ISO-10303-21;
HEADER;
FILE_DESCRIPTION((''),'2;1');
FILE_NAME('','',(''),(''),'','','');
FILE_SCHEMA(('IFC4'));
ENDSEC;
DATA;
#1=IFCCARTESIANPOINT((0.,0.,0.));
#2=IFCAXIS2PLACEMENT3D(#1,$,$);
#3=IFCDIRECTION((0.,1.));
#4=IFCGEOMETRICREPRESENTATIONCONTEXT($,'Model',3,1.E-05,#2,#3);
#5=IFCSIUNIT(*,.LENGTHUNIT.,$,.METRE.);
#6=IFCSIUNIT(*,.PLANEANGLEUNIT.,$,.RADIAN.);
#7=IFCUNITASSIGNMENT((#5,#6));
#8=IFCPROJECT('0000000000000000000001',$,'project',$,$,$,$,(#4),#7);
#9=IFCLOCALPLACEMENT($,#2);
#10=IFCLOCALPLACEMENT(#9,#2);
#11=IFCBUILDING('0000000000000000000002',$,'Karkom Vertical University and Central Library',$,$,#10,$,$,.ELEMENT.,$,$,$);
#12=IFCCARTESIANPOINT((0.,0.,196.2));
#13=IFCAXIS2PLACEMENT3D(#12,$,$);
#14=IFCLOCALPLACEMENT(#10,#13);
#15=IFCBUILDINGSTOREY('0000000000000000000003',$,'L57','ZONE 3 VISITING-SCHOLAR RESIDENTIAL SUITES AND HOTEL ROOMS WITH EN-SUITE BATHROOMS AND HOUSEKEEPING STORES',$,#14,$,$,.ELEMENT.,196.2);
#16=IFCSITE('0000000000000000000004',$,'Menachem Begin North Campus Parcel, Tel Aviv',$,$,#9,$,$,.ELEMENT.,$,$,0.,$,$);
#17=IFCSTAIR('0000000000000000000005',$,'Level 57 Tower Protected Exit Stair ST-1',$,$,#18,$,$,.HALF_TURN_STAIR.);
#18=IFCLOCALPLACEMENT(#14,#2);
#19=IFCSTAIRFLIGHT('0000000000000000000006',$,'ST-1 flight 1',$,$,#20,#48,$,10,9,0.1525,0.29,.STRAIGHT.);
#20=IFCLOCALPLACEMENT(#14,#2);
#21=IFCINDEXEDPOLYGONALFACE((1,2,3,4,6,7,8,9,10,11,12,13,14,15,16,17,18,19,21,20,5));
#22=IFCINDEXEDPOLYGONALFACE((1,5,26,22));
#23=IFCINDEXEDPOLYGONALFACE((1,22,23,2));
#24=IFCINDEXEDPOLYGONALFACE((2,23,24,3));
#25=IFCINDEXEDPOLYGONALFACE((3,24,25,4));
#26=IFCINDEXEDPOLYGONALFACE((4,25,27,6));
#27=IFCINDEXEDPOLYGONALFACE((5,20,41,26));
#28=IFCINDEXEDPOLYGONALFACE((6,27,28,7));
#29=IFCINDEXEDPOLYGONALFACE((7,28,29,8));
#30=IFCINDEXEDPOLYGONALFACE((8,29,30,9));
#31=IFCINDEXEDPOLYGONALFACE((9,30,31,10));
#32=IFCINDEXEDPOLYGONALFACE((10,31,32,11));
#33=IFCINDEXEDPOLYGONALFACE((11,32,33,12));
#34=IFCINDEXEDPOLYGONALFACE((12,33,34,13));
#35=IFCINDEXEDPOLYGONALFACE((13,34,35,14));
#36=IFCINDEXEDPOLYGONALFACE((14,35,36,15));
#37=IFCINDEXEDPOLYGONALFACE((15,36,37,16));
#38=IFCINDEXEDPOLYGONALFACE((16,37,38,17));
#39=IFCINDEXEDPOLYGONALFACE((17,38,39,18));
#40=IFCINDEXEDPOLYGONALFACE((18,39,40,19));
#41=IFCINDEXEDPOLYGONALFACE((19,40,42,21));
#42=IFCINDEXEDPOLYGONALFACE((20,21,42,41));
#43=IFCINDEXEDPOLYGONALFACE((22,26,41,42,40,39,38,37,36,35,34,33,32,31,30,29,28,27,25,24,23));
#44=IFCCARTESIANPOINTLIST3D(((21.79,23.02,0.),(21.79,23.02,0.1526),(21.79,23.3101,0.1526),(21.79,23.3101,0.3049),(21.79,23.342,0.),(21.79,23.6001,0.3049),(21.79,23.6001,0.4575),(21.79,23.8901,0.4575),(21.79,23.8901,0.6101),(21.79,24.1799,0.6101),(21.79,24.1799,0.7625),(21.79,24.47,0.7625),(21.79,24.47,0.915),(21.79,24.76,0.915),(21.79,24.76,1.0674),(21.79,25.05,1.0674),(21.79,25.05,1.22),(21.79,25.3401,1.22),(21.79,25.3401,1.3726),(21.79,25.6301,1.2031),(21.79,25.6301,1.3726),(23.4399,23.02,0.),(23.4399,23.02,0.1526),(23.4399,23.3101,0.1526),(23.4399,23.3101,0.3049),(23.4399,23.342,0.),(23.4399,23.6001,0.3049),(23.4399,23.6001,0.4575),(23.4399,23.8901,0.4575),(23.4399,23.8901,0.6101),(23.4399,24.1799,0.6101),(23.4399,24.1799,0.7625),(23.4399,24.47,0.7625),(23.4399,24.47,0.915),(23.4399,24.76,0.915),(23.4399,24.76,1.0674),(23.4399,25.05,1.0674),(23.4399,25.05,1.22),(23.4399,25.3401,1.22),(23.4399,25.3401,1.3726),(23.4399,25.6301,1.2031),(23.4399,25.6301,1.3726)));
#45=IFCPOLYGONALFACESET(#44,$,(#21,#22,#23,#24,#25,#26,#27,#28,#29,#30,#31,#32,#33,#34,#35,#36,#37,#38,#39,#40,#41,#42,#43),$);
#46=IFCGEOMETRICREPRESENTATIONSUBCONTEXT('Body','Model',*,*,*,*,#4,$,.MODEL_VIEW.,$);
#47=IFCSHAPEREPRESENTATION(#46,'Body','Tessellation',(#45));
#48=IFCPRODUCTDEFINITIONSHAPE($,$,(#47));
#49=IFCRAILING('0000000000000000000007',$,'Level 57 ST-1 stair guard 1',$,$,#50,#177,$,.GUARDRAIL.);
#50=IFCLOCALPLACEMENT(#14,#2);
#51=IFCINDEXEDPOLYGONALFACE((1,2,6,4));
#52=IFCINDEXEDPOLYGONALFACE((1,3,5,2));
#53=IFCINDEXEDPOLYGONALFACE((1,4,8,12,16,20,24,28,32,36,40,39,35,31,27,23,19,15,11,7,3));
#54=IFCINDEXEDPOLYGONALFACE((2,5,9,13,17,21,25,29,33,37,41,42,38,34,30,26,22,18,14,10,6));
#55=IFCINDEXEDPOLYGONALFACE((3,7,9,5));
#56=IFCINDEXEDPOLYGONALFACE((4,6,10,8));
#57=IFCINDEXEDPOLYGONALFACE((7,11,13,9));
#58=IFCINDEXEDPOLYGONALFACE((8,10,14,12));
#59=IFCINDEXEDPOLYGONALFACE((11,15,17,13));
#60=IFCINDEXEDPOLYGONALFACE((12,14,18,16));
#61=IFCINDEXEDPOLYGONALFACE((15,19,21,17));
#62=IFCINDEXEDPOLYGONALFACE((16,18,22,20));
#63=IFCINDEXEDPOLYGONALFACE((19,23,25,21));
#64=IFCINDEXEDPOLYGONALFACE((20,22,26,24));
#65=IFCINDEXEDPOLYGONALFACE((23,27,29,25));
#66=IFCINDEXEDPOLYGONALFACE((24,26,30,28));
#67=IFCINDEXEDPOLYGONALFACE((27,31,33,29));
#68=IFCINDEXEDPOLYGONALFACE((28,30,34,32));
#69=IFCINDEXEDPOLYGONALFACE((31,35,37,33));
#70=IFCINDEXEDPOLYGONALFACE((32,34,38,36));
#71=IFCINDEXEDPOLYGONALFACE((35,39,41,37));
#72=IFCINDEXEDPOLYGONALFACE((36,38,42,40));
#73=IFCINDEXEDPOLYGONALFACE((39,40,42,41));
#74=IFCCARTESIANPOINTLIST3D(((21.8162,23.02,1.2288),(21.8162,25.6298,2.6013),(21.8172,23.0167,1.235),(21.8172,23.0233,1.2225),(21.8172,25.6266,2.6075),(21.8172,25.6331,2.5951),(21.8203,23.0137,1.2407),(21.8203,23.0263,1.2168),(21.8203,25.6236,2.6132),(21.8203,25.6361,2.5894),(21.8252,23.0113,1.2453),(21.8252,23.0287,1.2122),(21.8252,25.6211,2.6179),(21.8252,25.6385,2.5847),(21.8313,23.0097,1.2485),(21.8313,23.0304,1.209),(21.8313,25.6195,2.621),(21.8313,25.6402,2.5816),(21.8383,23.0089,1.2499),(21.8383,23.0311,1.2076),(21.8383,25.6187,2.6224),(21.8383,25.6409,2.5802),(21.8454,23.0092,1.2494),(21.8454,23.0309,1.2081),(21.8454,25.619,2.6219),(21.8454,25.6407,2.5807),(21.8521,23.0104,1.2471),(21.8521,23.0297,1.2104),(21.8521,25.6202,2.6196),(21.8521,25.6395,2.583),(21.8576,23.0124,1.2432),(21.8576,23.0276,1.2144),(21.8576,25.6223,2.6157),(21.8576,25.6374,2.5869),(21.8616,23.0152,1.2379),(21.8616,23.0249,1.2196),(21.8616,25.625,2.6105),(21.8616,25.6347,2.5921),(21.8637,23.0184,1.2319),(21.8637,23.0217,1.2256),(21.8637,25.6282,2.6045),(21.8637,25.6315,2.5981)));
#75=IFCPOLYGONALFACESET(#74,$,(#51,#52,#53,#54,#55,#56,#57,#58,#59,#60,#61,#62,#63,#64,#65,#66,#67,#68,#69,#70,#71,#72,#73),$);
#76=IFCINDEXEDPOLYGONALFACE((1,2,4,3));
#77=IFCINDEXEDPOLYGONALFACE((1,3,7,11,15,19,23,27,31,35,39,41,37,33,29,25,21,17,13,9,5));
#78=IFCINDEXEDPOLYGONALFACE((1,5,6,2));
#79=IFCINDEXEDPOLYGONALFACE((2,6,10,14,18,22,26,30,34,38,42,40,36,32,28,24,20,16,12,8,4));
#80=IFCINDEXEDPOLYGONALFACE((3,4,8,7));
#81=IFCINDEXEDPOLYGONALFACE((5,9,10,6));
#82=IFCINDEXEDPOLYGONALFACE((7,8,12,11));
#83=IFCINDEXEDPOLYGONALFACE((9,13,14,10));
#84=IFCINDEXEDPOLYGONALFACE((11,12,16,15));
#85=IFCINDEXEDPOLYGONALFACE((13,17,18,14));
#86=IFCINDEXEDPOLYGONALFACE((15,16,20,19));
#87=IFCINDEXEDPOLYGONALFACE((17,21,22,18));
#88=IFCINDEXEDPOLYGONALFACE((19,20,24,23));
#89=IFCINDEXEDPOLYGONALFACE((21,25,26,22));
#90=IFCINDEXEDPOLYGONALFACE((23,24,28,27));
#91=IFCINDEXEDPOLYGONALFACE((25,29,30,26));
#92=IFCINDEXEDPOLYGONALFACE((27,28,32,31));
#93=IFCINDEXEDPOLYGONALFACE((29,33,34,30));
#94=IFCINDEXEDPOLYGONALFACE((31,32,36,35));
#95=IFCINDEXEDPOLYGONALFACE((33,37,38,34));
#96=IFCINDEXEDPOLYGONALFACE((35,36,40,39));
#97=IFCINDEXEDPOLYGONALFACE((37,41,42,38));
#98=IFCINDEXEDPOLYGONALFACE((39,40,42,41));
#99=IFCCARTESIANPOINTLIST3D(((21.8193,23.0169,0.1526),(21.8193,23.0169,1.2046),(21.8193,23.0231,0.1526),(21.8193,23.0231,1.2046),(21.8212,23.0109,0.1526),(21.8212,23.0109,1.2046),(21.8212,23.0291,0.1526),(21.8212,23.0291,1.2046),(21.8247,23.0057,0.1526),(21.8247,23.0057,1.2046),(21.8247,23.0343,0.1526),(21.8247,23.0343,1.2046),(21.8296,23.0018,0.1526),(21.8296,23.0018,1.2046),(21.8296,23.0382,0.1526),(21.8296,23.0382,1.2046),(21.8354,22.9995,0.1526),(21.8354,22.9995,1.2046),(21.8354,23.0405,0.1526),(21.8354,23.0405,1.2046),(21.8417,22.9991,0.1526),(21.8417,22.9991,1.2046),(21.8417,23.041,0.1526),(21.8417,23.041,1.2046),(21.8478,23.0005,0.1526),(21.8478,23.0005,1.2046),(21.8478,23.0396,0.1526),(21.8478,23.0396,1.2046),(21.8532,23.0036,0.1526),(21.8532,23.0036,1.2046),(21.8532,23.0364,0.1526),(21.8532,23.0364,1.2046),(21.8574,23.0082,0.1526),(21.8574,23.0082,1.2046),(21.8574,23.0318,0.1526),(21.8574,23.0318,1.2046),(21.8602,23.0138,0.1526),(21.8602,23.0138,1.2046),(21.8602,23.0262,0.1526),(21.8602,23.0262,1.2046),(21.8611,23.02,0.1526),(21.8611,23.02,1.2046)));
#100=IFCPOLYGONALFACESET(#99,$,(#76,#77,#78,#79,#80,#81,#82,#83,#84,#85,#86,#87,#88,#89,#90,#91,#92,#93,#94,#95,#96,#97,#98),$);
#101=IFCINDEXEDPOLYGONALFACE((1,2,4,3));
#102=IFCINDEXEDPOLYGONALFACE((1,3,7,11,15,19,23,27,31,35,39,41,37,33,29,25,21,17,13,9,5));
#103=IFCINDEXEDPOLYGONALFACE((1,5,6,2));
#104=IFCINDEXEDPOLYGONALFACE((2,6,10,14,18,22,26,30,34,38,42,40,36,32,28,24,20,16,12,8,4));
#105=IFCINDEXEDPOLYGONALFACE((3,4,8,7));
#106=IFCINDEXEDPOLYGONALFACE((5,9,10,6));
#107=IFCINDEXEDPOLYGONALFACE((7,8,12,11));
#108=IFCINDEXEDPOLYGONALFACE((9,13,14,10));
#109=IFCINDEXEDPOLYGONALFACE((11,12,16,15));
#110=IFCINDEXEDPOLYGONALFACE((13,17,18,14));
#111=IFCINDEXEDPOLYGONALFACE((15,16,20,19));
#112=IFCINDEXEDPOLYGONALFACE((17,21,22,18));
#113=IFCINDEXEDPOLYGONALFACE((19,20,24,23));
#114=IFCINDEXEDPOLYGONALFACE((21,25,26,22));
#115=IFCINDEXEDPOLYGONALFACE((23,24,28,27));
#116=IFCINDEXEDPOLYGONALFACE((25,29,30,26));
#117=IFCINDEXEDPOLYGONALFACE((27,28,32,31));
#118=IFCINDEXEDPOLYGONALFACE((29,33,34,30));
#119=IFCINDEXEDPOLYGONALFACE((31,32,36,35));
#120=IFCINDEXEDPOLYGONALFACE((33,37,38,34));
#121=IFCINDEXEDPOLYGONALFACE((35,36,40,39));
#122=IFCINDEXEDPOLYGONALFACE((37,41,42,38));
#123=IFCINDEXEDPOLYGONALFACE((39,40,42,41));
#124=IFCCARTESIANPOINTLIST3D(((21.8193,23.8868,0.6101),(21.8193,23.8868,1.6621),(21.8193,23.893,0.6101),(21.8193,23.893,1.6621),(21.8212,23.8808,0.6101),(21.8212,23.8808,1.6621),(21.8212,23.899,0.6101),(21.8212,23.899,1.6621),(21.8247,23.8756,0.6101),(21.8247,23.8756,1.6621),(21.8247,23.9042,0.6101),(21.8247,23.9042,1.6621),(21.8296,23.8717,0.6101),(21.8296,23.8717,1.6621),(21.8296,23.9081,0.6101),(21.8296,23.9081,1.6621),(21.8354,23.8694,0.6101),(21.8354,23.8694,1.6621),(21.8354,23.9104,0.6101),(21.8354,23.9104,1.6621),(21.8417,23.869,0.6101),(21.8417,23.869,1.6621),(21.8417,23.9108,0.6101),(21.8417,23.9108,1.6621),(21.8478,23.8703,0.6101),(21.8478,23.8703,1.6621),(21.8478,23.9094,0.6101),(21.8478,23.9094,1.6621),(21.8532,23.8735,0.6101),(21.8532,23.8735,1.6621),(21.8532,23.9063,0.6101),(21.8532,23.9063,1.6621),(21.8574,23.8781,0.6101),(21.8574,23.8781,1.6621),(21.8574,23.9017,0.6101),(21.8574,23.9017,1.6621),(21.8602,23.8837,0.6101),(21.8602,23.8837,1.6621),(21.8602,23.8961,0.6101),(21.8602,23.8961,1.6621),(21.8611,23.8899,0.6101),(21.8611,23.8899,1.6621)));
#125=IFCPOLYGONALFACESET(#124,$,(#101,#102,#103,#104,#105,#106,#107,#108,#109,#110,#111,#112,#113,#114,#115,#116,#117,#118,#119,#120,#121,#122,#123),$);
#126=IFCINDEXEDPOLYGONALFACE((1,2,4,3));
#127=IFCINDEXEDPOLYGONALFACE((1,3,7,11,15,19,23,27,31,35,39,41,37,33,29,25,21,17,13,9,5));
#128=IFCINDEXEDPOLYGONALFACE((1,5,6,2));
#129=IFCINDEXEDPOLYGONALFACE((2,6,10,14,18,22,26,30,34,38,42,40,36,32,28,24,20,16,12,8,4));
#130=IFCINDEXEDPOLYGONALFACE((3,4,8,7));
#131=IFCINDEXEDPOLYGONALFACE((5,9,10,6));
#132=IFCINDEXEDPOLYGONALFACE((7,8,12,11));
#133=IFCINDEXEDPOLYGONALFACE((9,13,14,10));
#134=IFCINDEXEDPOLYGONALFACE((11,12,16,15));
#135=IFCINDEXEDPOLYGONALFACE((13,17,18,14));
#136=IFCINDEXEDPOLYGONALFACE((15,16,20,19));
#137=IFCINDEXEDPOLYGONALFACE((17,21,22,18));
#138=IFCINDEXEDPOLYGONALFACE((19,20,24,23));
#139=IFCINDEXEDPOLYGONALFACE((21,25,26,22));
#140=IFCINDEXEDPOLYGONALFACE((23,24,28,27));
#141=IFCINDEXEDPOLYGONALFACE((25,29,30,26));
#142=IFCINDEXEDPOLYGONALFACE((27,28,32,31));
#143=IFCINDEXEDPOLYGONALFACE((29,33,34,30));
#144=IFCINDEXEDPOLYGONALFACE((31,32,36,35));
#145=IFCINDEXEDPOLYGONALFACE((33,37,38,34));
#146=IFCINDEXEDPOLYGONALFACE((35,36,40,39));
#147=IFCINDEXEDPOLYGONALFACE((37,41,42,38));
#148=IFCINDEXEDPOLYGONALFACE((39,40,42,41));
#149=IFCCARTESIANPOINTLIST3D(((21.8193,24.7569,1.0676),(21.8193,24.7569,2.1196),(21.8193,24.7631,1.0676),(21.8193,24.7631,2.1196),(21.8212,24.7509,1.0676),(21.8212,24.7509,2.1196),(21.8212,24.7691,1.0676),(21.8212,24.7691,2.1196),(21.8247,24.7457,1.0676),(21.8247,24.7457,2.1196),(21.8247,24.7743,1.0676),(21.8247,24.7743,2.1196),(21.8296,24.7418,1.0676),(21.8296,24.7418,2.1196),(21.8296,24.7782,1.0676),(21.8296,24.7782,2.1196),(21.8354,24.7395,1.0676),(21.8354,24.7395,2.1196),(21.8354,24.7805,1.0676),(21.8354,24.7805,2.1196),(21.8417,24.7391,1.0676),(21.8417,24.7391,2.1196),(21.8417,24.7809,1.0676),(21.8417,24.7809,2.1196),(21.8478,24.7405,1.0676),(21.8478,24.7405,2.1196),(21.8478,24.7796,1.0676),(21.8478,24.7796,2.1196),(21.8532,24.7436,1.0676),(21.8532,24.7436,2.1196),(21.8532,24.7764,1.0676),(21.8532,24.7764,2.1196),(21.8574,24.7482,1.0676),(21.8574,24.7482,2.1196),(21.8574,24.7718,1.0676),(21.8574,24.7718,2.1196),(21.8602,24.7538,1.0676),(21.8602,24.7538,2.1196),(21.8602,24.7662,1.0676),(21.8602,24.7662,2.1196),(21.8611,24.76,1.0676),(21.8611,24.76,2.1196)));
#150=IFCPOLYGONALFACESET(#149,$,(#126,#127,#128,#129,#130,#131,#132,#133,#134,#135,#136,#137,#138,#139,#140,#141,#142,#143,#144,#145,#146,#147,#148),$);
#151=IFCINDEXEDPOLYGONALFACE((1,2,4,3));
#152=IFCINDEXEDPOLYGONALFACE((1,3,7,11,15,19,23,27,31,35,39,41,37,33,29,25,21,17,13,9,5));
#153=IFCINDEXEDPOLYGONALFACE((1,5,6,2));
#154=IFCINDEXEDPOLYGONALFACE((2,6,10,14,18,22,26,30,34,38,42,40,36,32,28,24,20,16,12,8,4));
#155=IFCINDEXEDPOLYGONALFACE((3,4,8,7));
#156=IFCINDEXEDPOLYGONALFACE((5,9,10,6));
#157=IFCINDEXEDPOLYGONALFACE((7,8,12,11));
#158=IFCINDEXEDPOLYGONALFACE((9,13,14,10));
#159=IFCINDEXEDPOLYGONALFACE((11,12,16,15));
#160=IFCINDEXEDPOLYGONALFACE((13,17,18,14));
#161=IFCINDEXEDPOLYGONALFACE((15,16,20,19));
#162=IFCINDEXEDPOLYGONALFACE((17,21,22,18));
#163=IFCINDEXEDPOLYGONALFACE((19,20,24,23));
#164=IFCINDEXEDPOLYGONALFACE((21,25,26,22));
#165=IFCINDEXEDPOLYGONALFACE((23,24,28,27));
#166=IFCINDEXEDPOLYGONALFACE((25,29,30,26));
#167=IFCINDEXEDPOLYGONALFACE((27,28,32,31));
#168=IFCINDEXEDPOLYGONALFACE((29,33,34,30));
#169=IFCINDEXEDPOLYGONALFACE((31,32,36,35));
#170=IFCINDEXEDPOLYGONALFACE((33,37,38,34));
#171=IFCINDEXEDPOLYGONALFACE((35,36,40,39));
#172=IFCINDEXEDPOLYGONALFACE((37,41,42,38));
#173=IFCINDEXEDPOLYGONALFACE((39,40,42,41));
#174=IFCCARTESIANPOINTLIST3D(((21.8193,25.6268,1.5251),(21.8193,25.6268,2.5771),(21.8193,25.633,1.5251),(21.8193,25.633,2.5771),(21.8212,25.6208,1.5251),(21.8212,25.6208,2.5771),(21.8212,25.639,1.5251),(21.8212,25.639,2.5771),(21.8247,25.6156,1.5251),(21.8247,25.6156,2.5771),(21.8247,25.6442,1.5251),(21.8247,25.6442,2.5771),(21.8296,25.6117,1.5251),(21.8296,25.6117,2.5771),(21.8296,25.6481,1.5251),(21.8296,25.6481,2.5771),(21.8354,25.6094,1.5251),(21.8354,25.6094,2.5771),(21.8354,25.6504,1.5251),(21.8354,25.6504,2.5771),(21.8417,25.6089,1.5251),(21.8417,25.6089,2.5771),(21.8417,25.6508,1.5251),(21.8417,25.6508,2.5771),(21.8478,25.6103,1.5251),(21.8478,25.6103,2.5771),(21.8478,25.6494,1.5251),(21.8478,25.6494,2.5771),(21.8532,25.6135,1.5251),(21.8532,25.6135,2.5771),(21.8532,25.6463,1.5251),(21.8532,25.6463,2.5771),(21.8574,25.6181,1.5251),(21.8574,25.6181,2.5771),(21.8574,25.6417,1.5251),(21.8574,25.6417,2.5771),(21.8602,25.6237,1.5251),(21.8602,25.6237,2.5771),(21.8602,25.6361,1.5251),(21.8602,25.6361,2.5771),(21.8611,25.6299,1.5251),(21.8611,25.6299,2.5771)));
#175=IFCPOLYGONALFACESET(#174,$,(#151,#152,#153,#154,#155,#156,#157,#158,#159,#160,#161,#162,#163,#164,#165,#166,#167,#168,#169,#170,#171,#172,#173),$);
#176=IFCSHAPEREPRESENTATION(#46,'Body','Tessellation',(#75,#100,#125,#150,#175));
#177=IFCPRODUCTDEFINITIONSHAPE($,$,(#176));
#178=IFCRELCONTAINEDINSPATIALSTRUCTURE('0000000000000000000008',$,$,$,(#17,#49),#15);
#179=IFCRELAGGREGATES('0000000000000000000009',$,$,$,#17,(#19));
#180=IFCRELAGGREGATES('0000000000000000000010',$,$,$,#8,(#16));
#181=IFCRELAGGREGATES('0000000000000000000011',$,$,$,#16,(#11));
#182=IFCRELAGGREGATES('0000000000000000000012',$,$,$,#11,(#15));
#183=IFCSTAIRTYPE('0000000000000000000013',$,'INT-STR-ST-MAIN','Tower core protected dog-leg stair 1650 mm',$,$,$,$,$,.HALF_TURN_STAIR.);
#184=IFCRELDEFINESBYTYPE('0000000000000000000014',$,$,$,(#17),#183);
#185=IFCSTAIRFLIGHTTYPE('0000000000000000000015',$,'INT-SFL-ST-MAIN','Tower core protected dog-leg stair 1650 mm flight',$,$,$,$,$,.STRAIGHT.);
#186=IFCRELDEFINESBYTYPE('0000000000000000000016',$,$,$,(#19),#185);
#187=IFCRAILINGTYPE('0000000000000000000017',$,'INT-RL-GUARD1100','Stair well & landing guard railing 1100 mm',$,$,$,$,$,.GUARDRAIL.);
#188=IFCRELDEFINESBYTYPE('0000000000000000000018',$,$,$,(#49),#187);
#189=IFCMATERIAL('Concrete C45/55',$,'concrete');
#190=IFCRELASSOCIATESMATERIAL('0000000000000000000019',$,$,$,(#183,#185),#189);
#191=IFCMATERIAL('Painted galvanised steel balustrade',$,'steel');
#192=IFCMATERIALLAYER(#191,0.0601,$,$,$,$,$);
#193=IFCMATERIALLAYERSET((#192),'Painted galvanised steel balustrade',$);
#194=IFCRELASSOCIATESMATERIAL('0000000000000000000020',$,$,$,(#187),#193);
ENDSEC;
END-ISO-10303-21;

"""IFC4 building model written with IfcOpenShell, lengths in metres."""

from ifc_helpers import new_model, si_unit, direction, frame, origin, origin_2d, place, context, subcontext, project, spatial, polyline, circle, outline, extrude, material, layer, layer_set, type_object, element, aggregate, save


model = new_model("IFC4")

# Units and contexts
model_context = context("Model", 3, precision=1e-05, world=origin(), true_north=direction((0.0, 1.0)))
body_context = subcontext(model_context, "Body", "Model", "MODEL_VIEW")
ifc_project = project(units=[si_unit("LENGTHUNIT", "METRE"), si_unit("PLANEANGLEUNIT", "RADIAN")], contexts=[model_context])

# Site, building, storey
site_placement = place(None, origin())
site = spatial("IfcSite", under=ifc_project, at=site_placement, Name="Menachem Begin North Campus Parcel, Tel Aviv", CompositionType="ELEMENT", RefElevation=0.0)
building_placement = place(site_placement, origin())
building = spatial("IfcBuilding", under=site, at=building_placement, Name="Karkom Vertical University and Central Library", CompositionType="ELEMENT")
storey_placement = place(building_placement, frame((0.0, 0.0, 196.2)))
storey = spatial("IfcBuildingStorey", under=building, at=storey_placement, Name="L57", Description="ZONE 3 VISITING-SCHOLAR RESIDENTIAL SUITES AND HOTEL ROOMS WITH EN-SUITE BATHROOMS AND HOUSEKEEPING STORES", CompositionType="ELEMENT", Elevation=196.2)

# Shared definitions
ifc_material_1 = material(Name="Concrete C45/55", Category="concrete")

# Stair, stair flight
stair_type = type_object("IfcStairType", Name="INT-STR-ST-MAIN", Description="Tower core protected dog-leg stair 1650 mm", PredefinedType="HALF_TURN_STAIR", material=ifc_material_1)
stair_placement = place(storey_placement, origin())
stair = element("IfcStair", 1, at=stair_placement, inside=storey, type_object=stair_type, Name="Level 57 Tower Protected Exit Stair ST-1", PredefinedType="HALF_TURN_STAIR")
stair_flight_type = type_object("IfcStairFlightType", Name="INT-SFL-ST-MAIN", Description="Tower core protected dog-leg stair 1650 mm flight", PredefinedType="STRAIGHT", material=ifc_material_1)
stair_flight_placement = place(storey_placement, frame((22.615, 23.02, 0.0), z_axis=(0.0, 0.0, 1.0), x_axis=(0.0, 1.0, 0.0)))
stair_flight = element("IfcStairFlight", 2, at=stair_flight_placement, type_object=stair_flight_type, Name="ST-1 flight 1", NumberOfRisers=10, NumberOfTreads=9, PredefinedType="STRAIGHT", RiserHeight=0.1525, TreadLength=0.29, context=body_context, shape_type="SweptSolid", body=[
    extrude(outline(polyline([(0.0, 0.0), (0.0, 0.1526), (0.29, 0.1526), (0.29, 0.3049), (0.5801, 0.3049), (0.5801, 0.4575), (0.8701, 0.4575), (0.8701, 0.6101), (1.1599, 0.6101), (1.1599, 0.7625), (1.45, 0.7625), (1.45, 0.915), (1.74, 0.915), (1.74, 1.0674), (2.03, 1.0674), (2.03, 1.22), (2.3201, 1.22), (2.3201, 1.3726), (2.6101, 1.3726), (2.6101, 1.5249), (2.6101, 1.2031), (0.322, 0.0), (0.0, 0.0)])), frame((0.0, 0.825, 0.0), z_axis=(0.0, -1.0, 0.0), x_axis=(1.0, 0.0, 0.0)), (0.0, 0.0, 1.0), 1.6499),
])
aggregate(stair, [stair_flight])

# Railing
ifc_material_2 = material(Name="Painted galvanised steel balustrade", Category="steel")
ifc_layer_1 = layer(ifc_material_2, 0.0601)
ifc_layer_set_1 = layer_set([ifc_layer_1], Name="Painted galvanised steel balustrade")
railing_type_1 = type_object("IfcRailingType", Name="INT-RL-GUARD1100", Description="Stair well & landing guard railing 1100 mm", PredefinedType="GUARDRAIL", material=ifc_layer_set_1)
railing_1_placement = place(storey_placement, frame((21.8401, 23.02, 0.1526)))
element("IfcRailing", 3, at=railing_1_placement, inside=storey, type_object=railing_type_1, Name="Level 57 ST-1 stair guard 1", PredefinedType="GUARDRAIL", context=body_context, shape_type="SweptSolid", body=[
    extrude(circle(Radius=0.0239, at=origin_2d()), frame((0.0, 0.0, 1.0762), z_axis=(0.0, 0.885065, 0.465467), x_axis=(-1.0, 0.0, 0.0)), (0.0, 0.0, 1.0), 2.9487),
    extrude(circle(Radius=0.021, at=origin_2d()), origin(), (0.0, 0.0, 1.0), 1.052),
    extrude(circle(Radius=0.021, at=origin_2d()), frame((0.0, 0.8699, 0.4575)), (0.0, 0.0, 1.0), 1.052),
    extrude(circle(Radius=0.021, at=origin_2d()), frame((0.0, 1.74, 0.915)), (0.0, 0.0, 1.0), 1.052),
    extrude(circle(Radius=0.021, at=origin_2d()), frame((0.0, 2.6099, 1.3726)), (0.0, 0.0, 1.0), 1.052),
])

save(model, "model.ifc")
